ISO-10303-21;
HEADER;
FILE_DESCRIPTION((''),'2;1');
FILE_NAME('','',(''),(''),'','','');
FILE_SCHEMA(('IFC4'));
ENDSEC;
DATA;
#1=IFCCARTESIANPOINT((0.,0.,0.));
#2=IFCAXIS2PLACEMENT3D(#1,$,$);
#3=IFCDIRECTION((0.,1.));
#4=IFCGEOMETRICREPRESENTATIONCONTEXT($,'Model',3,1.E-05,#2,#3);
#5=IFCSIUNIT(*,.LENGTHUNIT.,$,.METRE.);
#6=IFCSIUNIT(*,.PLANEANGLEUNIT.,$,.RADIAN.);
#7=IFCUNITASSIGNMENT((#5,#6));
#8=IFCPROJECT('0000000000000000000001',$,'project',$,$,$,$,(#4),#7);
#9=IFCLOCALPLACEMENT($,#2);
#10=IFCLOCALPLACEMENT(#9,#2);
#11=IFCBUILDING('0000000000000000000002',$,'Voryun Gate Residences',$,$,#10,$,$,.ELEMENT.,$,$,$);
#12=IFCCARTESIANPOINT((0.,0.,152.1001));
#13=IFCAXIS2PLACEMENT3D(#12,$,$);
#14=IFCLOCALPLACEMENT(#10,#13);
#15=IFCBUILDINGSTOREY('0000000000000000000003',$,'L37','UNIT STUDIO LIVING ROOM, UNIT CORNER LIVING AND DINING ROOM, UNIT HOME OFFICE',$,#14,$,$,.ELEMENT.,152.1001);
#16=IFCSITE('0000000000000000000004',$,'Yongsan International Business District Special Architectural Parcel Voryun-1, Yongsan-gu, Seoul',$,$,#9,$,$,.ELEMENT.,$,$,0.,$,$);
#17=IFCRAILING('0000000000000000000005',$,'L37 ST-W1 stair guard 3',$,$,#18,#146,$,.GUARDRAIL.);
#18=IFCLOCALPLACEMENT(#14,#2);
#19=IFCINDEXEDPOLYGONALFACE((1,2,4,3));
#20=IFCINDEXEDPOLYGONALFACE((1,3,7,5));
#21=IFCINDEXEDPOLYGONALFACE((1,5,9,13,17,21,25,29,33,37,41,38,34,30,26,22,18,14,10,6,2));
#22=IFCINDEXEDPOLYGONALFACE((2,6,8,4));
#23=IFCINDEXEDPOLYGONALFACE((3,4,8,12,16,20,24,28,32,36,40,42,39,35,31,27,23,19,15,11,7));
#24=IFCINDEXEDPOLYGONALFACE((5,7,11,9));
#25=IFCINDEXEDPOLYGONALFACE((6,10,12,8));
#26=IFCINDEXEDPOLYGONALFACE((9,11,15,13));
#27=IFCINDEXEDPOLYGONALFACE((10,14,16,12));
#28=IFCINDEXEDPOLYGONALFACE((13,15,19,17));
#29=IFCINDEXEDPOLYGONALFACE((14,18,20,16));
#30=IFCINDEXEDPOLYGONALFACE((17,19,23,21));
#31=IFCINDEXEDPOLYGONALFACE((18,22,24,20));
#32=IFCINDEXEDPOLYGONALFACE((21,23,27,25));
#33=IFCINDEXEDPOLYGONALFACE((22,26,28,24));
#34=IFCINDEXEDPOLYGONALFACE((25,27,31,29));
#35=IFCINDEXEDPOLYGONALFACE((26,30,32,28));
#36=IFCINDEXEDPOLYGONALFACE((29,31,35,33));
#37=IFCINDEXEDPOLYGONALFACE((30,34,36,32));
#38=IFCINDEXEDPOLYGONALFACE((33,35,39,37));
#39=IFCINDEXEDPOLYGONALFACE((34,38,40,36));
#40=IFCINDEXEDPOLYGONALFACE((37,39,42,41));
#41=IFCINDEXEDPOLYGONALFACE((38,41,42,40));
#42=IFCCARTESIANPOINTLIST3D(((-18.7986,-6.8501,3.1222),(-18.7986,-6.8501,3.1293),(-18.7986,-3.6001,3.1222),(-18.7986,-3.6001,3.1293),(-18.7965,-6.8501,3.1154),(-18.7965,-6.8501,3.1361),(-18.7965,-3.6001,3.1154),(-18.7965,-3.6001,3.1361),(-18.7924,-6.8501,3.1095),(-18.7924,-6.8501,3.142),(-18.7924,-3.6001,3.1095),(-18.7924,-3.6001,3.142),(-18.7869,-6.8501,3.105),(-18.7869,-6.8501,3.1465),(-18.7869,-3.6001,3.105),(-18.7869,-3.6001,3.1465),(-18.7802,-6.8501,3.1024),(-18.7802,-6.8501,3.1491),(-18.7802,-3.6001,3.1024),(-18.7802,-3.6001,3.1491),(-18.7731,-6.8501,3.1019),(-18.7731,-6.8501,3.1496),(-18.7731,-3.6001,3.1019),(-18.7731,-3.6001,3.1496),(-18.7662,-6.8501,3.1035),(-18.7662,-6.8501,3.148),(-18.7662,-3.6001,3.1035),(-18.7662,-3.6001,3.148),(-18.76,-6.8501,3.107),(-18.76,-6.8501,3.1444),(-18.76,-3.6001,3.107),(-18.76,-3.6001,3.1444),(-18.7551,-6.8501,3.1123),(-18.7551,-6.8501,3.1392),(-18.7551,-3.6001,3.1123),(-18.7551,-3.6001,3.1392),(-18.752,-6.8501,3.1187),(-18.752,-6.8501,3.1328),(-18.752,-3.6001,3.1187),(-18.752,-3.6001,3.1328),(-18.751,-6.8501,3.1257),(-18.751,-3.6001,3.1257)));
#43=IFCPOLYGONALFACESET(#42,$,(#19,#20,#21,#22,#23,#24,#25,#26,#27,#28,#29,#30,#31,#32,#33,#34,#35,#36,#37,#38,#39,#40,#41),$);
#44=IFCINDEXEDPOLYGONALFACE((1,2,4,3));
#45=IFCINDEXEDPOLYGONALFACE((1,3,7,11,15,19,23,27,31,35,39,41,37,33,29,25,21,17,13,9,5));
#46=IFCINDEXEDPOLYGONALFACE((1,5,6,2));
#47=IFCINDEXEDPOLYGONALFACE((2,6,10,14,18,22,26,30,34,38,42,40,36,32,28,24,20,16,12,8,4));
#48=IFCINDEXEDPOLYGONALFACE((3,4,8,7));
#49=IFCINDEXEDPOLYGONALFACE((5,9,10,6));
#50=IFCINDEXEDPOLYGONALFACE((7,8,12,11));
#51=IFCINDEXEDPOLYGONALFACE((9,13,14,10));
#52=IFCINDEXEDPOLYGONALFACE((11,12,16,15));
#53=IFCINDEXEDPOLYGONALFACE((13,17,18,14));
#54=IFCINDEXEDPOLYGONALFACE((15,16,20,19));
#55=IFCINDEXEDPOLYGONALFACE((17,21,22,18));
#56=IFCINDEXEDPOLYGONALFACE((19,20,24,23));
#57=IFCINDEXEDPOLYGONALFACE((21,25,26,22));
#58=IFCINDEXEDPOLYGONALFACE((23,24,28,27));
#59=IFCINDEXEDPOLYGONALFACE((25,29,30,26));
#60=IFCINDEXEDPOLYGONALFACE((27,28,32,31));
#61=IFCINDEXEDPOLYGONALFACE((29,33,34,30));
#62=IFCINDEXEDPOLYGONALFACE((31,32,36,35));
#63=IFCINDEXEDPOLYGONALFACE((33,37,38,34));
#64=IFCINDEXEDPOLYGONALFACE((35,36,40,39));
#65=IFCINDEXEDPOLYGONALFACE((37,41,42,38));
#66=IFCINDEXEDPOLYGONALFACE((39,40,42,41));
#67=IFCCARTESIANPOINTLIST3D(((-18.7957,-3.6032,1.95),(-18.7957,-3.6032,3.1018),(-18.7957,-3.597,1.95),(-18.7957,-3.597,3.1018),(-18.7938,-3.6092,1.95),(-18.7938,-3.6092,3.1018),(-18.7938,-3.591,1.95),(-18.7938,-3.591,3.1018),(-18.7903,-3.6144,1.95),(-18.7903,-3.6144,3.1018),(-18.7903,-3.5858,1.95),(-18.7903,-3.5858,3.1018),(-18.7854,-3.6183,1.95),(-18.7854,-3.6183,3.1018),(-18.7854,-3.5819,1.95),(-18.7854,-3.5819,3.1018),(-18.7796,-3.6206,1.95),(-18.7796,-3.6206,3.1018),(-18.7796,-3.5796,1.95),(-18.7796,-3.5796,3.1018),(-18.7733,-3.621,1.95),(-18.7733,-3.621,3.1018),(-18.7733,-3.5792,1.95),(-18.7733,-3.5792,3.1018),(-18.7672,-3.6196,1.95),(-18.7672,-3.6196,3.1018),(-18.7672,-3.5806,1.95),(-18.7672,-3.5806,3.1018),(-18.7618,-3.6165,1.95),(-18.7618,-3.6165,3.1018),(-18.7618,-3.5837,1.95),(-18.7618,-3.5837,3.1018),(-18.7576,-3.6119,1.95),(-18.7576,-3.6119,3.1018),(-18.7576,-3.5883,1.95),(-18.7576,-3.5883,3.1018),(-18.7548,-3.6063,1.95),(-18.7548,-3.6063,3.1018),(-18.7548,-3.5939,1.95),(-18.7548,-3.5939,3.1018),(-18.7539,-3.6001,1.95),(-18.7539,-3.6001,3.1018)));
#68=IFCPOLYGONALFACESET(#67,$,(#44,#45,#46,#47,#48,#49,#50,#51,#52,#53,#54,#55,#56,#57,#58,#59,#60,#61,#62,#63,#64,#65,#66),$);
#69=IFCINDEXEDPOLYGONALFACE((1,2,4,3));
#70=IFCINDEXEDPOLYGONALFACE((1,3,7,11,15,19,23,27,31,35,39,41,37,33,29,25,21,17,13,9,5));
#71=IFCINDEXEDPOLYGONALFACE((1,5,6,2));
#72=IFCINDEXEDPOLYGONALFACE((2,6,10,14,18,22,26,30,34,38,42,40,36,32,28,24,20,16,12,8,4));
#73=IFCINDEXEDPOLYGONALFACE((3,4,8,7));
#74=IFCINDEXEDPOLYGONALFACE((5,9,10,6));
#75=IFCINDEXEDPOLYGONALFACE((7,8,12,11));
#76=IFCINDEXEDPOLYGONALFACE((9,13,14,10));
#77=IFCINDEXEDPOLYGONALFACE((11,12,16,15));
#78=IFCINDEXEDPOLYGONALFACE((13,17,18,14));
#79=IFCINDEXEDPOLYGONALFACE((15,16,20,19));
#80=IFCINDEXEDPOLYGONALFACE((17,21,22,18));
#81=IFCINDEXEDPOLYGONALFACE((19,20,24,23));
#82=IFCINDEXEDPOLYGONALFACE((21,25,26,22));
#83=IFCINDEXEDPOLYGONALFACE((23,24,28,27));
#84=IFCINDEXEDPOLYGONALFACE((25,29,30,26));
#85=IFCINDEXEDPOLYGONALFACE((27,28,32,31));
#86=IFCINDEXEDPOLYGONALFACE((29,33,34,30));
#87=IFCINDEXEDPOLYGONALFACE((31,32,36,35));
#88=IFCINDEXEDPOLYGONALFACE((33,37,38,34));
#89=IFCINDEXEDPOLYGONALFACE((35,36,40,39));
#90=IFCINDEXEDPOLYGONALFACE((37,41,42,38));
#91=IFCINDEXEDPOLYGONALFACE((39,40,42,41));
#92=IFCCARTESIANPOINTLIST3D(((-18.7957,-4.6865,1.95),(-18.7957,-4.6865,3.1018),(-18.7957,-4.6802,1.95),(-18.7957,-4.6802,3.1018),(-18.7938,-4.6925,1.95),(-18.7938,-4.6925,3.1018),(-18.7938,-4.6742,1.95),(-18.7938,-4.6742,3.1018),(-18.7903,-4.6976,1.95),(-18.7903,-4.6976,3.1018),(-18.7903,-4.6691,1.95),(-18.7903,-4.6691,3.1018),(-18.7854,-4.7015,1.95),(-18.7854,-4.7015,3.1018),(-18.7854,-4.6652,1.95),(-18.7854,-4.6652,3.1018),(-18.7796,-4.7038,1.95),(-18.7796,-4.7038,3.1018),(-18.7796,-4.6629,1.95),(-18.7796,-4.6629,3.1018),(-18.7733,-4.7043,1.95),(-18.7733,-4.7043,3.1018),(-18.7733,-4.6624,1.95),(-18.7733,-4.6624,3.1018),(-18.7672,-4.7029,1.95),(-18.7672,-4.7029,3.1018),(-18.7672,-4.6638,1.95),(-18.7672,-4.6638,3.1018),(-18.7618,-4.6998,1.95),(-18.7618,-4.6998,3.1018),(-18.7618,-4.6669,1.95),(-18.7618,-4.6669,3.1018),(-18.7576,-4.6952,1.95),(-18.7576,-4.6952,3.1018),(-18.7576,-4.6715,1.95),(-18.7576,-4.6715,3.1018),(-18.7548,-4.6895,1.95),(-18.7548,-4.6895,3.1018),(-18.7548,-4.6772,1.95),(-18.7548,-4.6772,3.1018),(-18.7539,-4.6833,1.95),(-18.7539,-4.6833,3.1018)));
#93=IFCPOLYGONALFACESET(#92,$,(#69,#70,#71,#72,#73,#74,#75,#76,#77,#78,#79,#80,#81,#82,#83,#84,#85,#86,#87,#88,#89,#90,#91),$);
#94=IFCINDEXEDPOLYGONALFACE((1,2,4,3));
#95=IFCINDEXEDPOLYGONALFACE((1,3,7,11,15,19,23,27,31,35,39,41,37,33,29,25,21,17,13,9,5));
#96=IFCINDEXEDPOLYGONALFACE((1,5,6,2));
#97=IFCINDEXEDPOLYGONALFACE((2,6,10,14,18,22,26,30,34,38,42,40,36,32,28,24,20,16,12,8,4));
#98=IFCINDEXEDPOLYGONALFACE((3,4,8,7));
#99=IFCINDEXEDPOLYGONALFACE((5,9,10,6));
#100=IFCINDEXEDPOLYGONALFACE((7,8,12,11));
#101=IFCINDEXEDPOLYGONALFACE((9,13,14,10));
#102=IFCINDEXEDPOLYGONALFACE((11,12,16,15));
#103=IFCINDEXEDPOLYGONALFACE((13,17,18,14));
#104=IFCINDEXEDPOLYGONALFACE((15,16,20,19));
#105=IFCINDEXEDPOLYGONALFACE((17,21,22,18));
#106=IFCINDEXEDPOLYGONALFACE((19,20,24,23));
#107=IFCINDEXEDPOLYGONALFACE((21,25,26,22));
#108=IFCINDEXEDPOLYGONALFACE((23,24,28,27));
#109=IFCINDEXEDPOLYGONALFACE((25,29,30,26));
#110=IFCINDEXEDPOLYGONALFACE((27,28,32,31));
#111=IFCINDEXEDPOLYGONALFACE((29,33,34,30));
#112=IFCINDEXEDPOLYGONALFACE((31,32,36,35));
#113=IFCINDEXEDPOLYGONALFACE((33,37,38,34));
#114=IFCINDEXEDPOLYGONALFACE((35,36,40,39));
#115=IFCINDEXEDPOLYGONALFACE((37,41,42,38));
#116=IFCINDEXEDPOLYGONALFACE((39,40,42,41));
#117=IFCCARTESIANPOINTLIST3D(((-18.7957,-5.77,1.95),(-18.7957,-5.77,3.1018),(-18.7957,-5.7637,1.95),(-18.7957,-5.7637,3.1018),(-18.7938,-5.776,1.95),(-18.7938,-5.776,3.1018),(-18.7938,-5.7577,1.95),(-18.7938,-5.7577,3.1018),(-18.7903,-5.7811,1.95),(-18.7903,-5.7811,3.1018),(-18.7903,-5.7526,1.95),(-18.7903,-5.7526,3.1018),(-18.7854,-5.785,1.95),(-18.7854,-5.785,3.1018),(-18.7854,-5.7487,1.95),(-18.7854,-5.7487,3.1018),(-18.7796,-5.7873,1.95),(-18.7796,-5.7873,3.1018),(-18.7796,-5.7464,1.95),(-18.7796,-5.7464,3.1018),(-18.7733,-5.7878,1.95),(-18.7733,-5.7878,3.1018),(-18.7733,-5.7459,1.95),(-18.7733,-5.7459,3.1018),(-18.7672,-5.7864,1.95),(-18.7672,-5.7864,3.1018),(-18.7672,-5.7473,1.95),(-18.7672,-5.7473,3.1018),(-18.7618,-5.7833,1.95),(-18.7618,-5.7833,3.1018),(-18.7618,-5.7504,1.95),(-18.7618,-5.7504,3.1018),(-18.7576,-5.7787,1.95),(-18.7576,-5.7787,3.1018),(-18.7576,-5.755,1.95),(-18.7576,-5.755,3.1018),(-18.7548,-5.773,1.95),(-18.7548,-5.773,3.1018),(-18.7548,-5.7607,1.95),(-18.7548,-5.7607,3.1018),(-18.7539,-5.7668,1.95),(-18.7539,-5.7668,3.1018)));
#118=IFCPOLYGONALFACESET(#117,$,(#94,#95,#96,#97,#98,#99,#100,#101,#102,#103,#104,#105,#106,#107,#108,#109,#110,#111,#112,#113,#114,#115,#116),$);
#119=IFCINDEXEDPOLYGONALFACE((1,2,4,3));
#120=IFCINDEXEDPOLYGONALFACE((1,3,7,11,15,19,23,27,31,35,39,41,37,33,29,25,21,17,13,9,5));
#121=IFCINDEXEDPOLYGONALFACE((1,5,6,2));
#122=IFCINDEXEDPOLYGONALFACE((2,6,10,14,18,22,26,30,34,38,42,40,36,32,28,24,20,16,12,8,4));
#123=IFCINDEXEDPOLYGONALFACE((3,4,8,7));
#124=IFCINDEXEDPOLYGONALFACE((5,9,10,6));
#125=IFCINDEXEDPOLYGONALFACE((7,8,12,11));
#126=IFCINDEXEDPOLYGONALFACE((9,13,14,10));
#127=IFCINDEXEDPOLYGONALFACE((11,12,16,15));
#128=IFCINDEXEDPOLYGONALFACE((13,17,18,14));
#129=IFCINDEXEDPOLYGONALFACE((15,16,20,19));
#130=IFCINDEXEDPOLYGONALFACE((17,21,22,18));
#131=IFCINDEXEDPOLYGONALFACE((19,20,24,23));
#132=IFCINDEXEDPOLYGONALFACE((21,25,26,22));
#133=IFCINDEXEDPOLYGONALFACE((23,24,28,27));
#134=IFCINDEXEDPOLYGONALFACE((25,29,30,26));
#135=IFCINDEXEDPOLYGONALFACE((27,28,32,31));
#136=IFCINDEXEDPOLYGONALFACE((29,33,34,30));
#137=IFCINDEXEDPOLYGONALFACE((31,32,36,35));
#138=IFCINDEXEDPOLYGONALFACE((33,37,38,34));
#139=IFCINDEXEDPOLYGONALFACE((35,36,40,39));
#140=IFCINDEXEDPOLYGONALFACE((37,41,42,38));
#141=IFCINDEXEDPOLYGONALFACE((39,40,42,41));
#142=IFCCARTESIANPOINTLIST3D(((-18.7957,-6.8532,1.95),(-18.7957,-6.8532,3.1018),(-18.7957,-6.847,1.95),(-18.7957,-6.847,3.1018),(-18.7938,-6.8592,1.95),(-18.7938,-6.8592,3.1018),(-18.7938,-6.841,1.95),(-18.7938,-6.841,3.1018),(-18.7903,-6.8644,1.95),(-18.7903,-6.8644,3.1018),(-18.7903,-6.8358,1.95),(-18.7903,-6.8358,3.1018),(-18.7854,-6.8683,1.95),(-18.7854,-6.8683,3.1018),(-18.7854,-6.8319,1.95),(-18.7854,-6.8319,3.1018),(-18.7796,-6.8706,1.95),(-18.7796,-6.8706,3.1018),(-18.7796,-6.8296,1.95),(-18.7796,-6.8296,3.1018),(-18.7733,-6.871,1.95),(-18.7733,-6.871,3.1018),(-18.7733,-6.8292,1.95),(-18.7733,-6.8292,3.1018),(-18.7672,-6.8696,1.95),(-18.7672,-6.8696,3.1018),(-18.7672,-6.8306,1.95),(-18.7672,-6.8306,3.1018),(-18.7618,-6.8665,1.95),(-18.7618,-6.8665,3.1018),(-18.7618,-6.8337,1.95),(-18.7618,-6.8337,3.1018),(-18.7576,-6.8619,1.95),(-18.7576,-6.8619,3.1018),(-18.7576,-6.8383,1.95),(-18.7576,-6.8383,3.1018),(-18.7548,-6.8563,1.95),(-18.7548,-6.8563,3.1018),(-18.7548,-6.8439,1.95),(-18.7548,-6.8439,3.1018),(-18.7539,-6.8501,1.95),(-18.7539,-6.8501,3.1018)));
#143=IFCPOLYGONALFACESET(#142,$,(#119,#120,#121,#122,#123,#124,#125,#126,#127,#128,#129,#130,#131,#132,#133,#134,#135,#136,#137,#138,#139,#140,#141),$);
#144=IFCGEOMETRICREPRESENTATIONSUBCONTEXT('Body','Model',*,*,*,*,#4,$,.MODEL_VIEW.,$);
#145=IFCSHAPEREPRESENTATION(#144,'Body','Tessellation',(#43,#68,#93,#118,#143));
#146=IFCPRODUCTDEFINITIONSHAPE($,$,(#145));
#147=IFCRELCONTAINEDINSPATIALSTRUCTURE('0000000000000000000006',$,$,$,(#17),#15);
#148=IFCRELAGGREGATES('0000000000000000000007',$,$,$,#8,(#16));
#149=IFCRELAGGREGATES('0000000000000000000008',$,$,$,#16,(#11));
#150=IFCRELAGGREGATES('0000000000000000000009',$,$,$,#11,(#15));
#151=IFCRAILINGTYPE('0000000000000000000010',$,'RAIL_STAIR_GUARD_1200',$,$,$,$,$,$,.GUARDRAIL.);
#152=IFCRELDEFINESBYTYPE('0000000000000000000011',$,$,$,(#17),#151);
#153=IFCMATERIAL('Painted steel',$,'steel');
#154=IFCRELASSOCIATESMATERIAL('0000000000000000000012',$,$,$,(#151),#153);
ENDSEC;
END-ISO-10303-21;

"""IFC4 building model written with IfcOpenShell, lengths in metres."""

from ifc_helpers import new_model, si_unit, direction, frame, origin, origin_2d, place, context, subcontext, project, spatial, circle, extrude, material, type_object, element, save


model = new_model("IFC4")

# Units and contexts
model_context = context("Model", 3, precision=1e-05, world=origin(), true_north=direction((0.0, 1.0)))
body_context = subcontext(model_context, "Body", "Model", "MODEL_VIEW")
ifc_project = project(units=[si_unit("LENGTHUNIT", "METRE"), si_unit("PLANEANGLEUNIT", "RADIAN")], contexts=[model_context])

# Site, building, storey
site_placement = place(None, origin())
site = spatial("IfcSite", under=ifc_project, at=site_placement, Name="Yongsan International Business District Special Architectural Parcel Voryun-1, Yongsan-gu, Seoul", CompositionType="ELEMENT", RefElevation=0.0)
building_placement = place(site_placement, origin())
building = spatial("IfcBuilding", under=site, at=building_placement, Name="Voryun Gate Residences", CompositionType="ELEMENT")
storey_placement = place(building_placement, frame((0.0, 0.0, 152.1001)))
storey = spatial("IfcBuildingStorey", under=building, at=storey_placement, Name="L37", Description="UNIT STUDIO LIVING ROOM, UNIT CORNER LIVING AND DINING ROOM, UNIT HOME OFFICE", CompositionType="ELEMENT", Elevation=152.1001)

# Railing
ifc_material_1 = material(Name="Painted steel", Category="steel")
railing_type_1 = type_object("IfcRailingType", Name="RAIL_STAIR_GUARD_1200", PredefinedType="GUARDRAIL", material=ifc_material_1)
railing_1_placement = place(storey_placement, frame((-18.7749, -3.6001, 1.95)))
element("IfcRailing", 1, at=railing_1_placement, inside=storey, type_object=railing_type_1, Name="L37 ST-W1 stair guard 3", PredefinedType="GUARDRAIL", context=body_context, shape_type="SweptSolid", body=[
    extrude(circle(Radius=0.0239, at=origin_2d()), frame((0.0, 0.0, 1.1758), z_axis=(0.0, -1.0, 0.0), x_axis=(1.0, 0.0, 0.0)), (0.0, 0.0, 1.0), 3.25),
    extrude(circle(Radius=0.021, at=origin_2d()), origin(), (0.0, 0.0, 1.0), 1.1519),
    extrude(circle(Radius=0.021, at=origin_2d()), frame((0.0, -1.0833, 0.0)), (0.0, 0.0, 1.0), 1.1519),
    extrude(circle(Radius=0.021, at=origin_2d()), frame((0.0, -2.1667, 0.0)), (0.0, 0.0, 1.0), 1.1519),
    extrude(circle(Radius=0.021, at=origin_2d()), frame((0.0, -3.25, 0.0)), (0.0, 0.0, 1.0), 1.1519),
])

save(model, "model.ifc")
